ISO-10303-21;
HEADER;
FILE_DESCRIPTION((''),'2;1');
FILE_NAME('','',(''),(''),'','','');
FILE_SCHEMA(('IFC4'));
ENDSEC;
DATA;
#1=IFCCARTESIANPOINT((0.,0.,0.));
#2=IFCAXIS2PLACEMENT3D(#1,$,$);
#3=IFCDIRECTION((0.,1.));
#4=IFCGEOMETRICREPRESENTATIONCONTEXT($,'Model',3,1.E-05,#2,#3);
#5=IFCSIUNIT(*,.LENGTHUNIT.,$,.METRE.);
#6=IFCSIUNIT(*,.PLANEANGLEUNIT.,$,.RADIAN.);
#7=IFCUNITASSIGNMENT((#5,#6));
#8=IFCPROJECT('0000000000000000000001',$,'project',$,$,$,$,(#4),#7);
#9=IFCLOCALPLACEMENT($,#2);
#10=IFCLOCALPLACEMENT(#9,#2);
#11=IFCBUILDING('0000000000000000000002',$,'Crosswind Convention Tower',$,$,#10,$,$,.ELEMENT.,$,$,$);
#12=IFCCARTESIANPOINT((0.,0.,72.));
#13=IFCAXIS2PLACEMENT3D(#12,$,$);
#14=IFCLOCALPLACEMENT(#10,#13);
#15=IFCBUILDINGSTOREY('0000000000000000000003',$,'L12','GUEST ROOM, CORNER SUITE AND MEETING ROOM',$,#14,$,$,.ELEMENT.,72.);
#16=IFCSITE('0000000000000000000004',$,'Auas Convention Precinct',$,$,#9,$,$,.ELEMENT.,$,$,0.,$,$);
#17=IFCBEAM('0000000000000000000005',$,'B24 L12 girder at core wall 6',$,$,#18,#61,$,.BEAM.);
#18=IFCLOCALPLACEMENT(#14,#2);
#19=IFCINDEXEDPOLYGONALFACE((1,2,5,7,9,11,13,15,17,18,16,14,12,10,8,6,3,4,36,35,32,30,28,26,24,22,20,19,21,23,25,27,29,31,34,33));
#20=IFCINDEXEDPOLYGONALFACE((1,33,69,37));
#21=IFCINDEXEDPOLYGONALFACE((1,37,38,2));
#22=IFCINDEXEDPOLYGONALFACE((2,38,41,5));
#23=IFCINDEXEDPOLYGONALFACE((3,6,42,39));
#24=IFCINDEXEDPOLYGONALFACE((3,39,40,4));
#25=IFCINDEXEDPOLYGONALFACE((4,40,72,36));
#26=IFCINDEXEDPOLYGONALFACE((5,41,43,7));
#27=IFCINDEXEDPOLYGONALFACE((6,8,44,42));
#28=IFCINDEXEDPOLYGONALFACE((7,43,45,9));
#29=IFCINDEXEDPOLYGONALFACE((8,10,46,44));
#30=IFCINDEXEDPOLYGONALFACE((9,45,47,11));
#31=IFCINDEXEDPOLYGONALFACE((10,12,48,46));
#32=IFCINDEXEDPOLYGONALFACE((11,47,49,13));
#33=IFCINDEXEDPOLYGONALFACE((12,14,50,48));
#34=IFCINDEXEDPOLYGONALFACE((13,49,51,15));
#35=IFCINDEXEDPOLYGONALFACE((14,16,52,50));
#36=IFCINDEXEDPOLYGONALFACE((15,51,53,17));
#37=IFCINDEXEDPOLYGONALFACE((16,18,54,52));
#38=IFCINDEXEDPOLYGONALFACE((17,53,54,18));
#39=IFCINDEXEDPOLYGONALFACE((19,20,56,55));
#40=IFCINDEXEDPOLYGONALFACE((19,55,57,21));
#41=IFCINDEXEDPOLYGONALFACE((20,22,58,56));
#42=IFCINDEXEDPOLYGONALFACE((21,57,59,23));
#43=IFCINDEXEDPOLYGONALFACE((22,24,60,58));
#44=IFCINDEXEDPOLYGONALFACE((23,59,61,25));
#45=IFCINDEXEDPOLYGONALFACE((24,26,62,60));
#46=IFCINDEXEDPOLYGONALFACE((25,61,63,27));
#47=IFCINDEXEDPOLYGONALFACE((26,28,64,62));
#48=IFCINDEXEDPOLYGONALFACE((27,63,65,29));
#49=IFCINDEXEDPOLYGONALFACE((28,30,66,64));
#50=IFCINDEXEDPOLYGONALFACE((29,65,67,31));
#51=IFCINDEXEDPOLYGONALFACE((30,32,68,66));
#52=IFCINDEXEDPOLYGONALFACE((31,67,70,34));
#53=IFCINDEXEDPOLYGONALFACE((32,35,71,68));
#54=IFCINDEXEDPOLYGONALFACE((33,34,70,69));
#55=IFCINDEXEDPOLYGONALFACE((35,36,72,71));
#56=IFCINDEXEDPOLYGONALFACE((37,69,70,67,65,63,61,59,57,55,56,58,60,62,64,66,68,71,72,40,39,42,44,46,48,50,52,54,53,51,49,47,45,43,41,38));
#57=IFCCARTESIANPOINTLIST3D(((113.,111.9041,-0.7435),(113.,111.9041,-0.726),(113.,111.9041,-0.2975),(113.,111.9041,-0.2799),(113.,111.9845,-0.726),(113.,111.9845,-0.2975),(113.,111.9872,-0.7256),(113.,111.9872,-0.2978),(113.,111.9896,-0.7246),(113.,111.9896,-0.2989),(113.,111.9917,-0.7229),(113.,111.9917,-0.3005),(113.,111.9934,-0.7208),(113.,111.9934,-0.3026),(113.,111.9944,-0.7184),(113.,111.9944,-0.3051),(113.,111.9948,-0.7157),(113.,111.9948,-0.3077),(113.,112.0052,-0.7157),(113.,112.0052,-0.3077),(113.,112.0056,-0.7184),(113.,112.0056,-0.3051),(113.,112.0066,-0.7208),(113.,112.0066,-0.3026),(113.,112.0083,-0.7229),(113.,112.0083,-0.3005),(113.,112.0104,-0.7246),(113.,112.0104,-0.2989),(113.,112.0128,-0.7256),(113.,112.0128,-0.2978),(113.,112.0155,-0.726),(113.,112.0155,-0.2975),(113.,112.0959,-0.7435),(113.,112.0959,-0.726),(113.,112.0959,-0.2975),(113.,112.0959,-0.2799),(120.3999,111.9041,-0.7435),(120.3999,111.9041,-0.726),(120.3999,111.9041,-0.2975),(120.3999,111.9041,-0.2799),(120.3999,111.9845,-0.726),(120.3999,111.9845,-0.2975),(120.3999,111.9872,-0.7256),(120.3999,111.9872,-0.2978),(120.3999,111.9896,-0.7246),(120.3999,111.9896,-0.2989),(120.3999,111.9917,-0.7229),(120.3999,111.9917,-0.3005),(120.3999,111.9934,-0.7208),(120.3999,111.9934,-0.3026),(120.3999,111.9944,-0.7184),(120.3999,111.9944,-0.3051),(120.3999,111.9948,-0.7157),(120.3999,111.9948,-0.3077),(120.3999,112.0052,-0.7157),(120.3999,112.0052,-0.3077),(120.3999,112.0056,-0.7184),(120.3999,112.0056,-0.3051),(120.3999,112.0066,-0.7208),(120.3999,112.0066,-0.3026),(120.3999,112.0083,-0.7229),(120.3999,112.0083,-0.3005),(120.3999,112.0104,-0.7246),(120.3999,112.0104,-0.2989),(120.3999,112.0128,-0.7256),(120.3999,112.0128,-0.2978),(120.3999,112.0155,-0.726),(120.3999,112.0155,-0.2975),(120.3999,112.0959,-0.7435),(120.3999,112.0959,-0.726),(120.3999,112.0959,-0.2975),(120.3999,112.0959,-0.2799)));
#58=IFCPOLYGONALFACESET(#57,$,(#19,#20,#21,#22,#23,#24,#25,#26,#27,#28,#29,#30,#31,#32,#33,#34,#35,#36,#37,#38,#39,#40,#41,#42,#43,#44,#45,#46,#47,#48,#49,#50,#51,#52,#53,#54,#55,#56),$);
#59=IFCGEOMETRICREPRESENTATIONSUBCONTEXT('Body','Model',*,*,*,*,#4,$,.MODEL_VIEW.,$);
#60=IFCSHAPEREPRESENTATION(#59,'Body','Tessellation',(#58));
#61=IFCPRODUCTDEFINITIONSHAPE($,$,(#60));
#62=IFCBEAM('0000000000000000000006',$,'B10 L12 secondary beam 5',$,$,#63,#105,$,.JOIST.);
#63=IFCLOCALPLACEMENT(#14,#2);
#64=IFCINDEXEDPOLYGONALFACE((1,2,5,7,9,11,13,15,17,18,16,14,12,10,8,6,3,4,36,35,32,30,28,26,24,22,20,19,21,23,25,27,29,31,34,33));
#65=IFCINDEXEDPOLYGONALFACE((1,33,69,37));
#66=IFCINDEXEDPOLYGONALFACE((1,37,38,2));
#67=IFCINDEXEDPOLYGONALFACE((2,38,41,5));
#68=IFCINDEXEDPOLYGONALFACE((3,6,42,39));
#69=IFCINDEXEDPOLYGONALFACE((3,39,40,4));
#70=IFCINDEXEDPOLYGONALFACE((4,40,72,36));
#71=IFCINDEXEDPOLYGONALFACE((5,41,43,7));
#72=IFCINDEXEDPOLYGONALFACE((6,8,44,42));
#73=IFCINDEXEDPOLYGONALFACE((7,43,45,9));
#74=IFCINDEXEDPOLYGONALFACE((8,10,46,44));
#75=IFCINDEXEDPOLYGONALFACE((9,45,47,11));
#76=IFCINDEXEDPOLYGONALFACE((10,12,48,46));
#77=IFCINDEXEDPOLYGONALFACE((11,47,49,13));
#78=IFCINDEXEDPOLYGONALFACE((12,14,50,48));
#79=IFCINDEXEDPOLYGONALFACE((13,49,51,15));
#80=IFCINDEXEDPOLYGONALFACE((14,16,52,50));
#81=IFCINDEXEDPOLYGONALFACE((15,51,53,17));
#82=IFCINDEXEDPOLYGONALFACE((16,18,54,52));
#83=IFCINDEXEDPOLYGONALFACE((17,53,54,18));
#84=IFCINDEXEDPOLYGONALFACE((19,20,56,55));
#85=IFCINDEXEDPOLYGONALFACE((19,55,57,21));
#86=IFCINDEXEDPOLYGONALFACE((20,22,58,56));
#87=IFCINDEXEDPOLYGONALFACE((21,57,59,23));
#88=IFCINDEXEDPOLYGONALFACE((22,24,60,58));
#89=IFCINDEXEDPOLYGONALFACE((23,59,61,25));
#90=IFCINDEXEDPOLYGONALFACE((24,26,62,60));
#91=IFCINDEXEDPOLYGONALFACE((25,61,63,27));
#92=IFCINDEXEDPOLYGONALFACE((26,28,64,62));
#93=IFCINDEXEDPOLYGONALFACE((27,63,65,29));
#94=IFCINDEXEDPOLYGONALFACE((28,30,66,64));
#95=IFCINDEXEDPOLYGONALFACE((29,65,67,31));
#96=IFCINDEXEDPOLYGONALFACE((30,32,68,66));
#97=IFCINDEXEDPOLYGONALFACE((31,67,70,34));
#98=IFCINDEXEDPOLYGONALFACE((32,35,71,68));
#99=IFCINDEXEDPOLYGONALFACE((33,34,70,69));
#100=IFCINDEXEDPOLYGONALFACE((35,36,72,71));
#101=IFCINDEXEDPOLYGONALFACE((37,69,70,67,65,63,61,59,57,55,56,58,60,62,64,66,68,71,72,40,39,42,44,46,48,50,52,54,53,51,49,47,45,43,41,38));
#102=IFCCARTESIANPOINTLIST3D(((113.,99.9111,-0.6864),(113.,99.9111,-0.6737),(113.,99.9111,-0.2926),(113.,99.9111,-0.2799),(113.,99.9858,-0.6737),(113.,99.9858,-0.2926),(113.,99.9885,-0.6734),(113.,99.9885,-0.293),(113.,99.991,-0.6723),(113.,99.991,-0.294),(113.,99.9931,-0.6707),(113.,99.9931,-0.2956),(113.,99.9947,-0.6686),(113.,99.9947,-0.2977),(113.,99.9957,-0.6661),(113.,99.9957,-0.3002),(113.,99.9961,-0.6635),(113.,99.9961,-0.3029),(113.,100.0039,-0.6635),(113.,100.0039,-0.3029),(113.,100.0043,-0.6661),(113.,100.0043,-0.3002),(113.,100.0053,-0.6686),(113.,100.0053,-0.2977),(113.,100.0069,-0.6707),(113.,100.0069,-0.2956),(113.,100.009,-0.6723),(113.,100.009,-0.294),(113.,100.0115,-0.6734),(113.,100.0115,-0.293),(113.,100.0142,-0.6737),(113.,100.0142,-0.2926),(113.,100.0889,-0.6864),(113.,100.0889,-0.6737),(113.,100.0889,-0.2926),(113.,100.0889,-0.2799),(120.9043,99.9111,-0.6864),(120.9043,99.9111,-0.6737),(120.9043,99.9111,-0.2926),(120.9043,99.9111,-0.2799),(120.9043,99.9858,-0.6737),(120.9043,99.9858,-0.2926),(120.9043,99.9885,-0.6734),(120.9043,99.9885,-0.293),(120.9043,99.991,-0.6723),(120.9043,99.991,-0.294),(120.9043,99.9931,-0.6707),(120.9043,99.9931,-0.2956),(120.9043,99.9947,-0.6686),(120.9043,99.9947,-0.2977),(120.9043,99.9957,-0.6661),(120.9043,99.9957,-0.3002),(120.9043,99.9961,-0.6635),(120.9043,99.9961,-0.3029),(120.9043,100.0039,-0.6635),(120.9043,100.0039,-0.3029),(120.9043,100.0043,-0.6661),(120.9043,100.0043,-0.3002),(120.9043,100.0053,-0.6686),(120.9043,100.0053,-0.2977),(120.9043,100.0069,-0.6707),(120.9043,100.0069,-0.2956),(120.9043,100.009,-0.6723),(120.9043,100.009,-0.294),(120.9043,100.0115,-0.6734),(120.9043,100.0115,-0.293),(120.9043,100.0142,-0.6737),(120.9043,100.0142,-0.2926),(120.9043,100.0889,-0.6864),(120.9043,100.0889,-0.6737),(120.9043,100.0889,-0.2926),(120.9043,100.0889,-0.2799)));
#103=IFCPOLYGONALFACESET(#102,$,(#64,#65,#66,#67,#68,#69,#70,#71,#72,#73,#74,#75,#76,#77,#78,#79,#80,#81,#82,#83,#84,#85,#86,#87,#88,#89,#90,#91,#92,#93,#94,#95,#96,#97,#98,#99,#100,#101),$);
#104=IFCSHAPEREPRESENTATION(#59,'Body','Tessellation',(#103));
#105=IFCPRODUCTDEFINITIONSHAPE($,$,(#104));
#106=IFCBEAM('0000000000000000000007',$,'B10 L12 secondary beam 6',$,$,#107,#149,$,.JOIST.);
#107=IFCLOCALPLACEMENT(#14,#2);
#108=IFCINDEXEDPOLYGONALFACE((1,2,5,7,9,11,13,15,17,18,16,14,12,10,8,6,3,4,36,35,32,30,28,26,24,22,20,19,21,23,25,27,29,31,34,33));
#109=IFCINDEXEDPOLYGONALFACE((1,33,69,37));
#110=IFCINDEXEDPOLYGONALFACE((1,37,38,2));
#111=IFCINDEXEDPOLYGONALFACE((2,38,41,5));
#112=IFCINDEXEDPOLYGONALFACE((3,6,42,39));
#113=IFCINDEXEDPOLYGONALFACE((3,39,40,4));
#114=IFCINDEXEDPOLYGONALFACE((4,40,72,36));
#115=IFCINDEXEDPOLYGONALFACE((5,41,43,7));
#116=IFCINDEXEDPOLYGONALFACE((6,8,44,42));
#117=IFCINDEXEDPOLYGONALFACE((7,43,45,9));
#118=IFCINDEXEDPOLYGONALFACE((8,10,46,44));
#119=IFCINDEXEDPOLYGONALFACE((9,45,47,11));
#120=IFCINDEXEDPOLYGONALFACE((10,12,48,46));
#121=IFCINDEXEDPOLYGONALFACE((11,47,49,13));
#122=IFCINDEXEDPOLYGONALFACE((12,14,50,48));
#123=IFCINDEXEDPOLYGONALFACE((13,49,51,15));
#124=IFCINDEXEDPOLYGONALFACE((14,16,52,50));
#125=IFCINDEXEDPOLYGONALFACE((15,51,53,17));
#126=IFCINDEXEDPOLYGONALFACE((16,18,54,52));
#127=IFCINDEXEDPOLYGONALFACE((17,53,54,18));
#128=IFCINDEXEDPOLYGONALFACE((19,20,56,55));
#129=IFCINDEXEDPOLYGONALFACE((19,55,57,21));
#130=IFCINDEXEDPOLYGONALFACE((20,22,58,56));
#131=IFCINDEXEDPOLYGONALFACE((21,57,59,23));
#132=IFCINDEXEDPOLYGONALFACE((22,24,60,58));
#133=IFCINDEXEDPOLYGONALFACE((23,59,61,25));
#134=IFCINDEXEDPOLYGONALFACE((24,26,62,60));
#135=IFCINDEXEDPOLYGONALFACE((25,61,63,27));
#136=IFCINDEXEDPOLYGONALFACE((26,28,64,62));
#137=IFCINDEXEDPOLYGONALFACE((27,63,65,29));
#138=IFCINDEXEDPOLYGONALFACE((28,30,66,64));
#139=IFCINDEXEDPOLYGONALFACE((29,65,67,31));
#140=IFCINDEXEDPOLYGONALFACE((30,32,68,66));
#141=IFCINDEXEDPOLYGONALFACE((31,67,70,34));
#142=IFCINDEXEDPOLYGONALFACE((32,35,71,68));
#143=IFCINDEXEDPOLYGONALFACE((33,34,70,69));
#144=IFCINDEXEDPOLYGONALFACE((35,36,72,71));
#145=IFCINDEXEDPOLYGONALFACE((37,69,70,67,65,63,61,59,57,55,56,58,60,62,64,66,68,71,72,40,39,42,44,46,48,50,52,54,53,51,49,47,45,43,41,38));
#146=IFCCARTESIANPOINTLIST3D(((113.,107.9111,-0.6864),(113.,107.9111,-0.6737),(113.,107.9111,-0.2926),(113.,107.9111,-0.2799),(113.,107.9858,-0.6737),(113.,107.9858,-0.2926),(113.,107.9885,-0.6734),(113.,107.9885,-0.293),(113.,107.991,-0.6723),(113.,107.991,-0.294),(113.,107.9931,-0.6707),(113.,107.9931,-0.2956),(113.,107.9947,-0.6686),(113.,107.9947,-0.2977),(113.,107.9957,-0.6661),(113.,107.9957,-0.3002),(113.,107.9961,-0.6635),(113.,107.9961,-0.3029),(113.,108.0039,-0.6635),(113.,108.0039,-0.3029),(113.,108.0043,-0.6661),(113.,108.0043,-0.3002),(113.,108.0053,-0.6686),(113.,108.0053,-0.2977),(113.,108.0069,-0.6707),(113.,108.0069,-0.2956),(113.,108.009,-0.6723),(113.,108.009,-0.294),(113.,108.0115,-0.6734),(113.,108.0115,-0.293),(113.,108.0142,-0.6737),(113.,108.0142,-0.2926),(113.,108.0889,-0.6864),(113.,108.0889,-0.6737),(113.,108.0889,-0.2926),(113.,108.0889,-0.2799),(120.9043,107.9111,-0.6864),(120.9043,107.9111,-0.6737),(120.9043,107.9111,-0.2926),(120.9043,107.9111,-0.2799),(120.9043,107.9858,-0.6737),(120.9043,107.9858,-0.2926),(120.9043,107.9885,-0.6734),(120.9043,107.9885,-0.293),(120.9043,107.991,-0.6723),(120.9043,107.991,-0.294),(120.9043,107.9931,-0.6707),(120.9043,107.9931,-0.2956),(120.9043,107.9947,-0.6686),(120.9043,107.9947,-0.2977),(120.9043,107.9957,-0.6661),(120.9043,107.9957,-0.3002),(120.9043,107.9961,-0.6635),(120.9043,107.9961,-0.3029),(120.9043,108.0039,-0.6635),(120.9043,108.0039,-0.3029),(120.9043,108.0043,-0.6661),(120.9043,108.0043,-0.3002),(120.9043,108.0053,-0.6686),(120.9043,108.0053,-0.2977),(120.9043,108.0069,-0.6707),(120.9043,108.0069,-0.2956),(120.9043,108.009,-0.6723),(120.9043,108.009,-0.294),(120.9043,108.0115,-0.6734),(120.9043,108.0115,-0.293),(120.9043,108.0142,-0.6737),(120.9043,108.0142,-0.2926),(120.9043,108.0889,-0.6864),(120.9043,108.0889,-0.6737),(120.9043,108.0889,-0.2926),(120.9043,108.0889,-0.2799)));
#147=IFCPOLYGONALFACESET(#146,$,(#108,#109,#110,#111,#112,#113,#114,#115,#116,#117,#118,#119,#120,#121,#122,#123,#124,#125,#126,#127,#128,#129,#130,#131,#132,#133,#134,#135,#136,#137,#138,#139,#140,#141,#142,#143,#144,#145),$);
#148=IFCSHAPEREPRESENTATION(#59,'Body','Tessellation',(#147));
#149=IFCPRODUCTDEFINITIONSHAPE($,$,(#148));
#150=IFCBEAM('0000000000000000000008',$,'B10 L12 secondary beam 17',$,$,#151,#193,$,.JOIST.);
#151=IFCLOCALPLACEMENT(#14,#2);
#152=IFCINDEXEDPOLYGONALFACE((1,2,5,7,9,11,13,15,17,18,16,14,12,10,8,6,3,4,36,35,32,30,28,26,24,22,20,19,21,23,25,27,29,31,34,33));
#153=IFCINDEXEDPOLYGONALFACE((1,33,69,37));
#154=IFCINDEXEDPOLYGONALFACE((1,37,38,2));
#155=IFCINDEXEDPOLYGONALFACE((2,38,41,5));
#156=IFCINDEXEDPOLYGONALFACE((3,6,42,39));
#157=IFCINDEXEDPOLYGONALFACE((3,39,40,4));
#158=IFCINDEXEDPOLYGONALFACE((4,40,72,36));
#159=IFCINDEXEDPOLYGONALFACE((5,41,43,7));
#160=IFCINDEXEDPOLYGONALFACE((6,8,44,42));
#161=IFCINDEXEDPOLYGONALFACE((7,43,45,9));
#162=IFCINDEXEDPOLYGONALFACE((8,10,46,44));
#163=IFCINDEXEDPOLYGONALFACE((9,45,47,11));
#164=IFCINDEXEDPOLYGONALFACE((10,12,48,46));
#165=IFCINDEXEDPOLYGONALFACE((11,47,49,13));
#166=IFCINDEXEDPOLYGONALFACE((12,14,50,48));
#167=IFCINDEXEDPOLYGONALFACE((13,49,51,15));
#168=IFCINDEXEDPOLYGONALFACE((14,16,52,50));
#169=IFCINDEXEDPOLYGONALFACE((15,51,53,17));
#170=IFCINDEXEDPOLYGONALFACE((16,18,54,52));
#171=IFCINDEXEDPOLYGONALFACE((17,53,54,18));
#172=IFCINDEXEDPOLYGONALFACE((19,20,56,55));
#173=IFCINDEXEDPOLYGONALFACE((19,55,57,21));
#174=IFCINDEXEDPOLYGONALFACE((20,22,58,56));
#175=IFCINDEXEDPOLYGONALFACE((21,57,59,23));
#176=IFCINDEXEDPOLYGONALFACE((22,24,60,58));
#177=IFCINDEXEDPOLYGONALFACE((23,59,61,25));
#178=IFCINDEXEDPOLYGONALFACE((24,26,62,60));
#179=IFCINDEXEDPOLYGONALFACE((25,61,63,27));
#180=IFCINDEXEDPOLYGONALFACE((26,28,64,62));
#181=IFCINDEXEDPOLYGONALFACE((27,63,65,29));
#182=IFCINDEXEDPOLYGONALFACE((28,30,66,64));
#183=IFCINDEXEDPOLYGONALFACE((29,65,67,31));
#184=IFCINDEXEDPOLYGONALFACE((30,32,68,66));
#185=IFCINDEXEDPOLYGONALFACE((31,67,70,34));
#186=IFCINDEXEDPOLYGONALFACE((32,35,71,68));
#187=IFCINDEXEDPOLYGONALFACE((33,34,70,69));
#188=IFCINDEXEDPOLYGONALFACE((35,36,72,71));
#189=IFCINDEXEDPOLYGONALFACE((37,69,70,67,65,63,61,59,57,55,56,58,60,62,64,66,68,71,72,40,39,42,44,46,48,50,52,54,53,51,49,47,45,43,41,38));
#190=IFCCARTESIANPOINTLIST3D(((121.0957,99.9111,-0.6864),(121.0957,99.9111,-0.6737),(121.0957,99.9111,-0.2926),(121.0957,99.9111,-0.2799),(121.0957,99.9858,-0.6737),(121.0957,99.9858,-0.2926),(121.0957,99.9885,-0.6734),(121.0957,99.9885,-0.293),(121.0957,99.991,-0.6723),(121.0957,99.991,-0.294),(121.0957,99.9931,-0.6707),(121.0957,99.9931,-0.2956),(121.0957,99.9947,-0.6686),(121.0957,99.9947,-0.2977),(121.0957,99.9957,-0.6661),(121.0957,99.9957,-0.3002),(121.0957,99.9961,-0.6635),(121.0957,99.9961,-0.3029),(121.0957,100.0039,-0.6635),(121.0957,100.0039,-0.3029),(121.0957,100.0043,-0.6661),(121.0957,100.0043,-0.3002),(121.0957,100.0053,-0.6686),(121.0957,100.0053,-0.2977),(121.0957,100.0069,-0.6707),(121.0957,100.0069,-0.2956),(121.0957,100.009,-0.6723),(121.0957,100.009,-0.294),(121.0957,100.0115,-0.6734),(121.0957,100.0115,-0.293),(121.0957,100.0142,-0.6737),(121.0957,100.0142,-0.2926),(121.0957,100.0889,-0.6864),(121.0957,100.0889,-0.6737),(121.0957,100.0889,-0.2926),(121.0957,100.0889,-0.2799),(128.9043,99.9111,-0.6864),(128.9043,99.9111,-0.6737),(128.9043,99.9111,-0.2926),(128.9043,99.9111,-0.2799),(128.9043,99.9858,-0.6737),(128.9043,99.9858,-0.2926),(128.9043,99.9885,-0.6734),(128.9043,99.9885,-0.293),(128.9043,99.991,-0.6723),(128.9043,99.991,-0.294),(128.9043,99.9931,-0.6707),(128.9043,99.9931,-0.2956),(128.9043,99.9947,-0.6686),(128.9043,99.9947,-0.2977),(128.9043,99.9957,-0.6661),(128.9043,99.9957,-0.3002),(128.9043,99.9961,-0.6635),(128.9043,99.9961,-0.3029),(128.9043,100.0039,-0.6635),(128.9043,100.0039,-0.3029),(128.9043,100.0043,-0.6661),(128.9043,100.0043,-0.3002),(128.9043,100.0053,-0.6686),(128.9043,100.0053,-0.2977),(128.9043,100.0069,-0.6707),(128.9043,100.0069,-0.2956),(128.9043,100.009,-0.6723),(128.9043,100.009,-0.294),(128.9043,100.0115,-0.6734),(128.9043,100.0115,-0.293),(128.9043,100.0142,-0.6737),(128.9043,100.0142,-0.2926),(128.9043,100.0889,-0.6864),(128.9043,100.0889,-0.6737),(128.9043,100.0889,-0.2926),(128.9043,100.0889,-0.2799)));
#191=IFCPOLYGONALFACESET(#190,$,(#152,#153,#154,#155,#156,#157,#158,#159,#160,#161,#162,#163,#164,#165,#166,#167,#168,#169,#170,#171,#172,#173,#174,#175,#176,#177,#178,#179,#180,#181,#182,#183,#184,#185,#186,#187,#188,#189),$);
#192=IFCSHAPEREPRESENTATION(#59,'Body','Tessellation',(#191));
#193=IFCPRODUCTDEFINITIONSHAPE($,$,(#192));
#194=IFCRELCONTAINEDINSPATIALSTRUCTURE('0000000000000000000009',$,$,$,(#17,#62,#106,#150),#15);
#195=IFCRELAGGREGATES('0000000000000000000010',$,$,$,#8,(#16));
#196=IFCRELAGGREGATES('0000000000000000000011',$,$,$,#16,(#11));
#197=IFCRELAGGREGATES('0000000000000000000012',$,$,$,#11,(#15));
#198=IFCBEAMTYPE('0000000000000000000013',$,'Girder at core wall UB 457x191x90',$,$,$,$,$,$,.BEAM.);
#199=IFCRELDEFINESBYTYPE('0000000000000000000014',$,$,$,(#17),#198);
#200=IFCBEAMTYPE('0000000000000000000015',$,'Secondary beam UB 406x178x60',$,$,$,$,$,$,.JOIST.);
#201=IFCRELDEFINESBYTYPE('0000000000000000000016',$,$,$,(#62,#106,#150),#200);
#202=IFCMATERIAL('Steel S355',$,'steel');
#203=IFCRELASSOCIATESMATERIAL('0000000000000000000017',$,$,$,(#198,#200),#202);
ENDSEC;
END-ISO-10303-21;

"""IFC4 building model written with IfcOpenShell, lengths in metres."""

from ifc_helpers import new_model, si_unit, direction, frame, origin, origin_2d, place, context, subcontext, project, spatial, i_section, extrude, material, material_profile, profile_set, type_object, element, save


model = new_model("IFC4")

# Units and contexts
model_context = context("Model", 3, precision=1e-05, world=origin(), true_north=direction((0.0, 1.0)))
body_context = subcontext(model_context, "Body", "Model", "MODEL_VIEW")
ifc_project = project(units=[si_unit("LENGTHUNIT", "METRE"), si_unit("PLANEANGLEUNIT", "RADIAN")], contexts=[model_context])

# Site, building, storey
site_placement = place(None, origin())
site = spatial("IfcSite", under=ifc_project, at=site_placement, Name="Auas Convention Precinct", CompositionType="ELEMENT", RefElevation=0.0)
building_placement = place(site_placement, origin())
building = spatial("IfcBuilding", under=site, at=building_placement, Name="Crosswind Convention Tower", CompositionType="ELEMENT")
storey_placement = place(building_placement, frame((0.0, 0.0, 72.0)))
storey = spatial("IfcBuildingStorey", under=building, at=storey_placement, Name="L12", Description="GUEST ROOM, CORNER SUITE AND MEETING ROOM", CompositionType="ELEMENT", Elevation=72.0)

# Beams
ifc_material_1 = material(Name="Steel S355", Category="steel")
ifc_material_profile_1 = material_profile(ifc_material_1, i_section(OverallWidth=0.1919, OverallDepth=0.4636, WebThickness=0.0105, FlangeThickness=0.0176, FilletRadius=0.0103, at=origin_2d()), Name="UB 457x191x90")
ifc_profile_set_1 = profile_set([ifc_material_profile_1], Name="Steel S355")
beam_type_1 = type_object("IfcBeamType", Name="Girder at core wall UB 457x191x90", PredefinedType="BEAM", material=ifc_profile_set_1)
for number, where, z_axis, x_axis, name in (
    (1, (113.0, 112.0, -0.5117), (1.0, 0.0, 0.0), (0.0, 1.0, 0.0), "B24 L12 girder at core wall 6"),
):
    element("IfcBeam", number, at=place(storey_placement, frame(where, z_axis=z_axis, x_axis=x_axis)), inside=storey, type_object=beam_type_1, Name=name, PredefinedType="BEAM", context=body_context, shape_type="SweptSolid", body=[
        extrude(i_section(OverallWidth=0.1919, OverallDepth=0.4636, WebThickness=0.0105, FlangeThickness=0.0176, FilletRadius=0.0103, at=origin_2d()), origin(), (0.0, 0.0, 1.0), 7.3999),
    ])
ifc_material_profile_2 = material_profile(ifc_material_1, i_section(OverallWidth=0.1777, OverallDepth=0.4065, WebThickness=0.0078, FlangeThickness=0.0127, FilletRadius=0.0103, at=origin_2d()), Name="UB 406x178x60")
ifc_profile_set_2 = profile_set([ifc_material_profile_2], Name="Steel S355")
beam_type_2 = type_object("IfcBeamType", Name="Secondary beam UB 406x178x60", PredefinedType="JOIST", material=ifc_profile_set_2)
for number, where, z_axis, x_axis, name in (
    (2, (113.0, 100.0, -0.4832), (1.0, 0.0, 0.0), (0.0, 1.0, 0.0), "B10 L12 secondary beam 5"),
    (3, (113.0, 108.0, -0.4832), (1.0, 0.0, 0.0), (0.0, 1.0, 0.0), "B10 L12 secondary beam 6"),
):
    element("IfcBeam", number, at=place(storey_placement, frame(where, z_axis=z_axis, x_axis=x_axis)), inside=storey, type_object=beam_type_2, Name=name, PredefinedType="JOIST", context=body_context, shape_type="SweptSolid", body=[
        extrude(i_section(OverallWidth=0.1777, OverallDepth=0.4065, WebThickness=0.0078, FlangeThickness=0.0127, FilletRadius=0.0103, at=origin_2d()), origin(), (0.0, 0.0, 1.0), 7.9043),
    ])
for number, where, z_axis, x_axis, name in (
    (4, (121.0957, 100.0, -0.4832), (1.0, 0.0, 0.0), (0.0, 1.0, 0.0), "B10 L12 secondary beam 17"),
):
    element("IfcBeam", number, at=place(storey_placement, frame(where, z_axis=z_axis, x_axis=x_axis)), inside=storey, type_object=beam_type_2, Name=name, PredefinedType="JOIST", context=body_context, shape_type="SweptSolid", body=[
        extrude(i_section(OverallWidth=0.1777, OverallDepth=0.4065, WebThickness=0.0078, FlangeThickness=0.0127, FilletRadius=0.0103, at=origin_2d()), origin(), (0.0, 0.0, 1.0), 7.8086),
    ])

save(model, "model.ifc")
